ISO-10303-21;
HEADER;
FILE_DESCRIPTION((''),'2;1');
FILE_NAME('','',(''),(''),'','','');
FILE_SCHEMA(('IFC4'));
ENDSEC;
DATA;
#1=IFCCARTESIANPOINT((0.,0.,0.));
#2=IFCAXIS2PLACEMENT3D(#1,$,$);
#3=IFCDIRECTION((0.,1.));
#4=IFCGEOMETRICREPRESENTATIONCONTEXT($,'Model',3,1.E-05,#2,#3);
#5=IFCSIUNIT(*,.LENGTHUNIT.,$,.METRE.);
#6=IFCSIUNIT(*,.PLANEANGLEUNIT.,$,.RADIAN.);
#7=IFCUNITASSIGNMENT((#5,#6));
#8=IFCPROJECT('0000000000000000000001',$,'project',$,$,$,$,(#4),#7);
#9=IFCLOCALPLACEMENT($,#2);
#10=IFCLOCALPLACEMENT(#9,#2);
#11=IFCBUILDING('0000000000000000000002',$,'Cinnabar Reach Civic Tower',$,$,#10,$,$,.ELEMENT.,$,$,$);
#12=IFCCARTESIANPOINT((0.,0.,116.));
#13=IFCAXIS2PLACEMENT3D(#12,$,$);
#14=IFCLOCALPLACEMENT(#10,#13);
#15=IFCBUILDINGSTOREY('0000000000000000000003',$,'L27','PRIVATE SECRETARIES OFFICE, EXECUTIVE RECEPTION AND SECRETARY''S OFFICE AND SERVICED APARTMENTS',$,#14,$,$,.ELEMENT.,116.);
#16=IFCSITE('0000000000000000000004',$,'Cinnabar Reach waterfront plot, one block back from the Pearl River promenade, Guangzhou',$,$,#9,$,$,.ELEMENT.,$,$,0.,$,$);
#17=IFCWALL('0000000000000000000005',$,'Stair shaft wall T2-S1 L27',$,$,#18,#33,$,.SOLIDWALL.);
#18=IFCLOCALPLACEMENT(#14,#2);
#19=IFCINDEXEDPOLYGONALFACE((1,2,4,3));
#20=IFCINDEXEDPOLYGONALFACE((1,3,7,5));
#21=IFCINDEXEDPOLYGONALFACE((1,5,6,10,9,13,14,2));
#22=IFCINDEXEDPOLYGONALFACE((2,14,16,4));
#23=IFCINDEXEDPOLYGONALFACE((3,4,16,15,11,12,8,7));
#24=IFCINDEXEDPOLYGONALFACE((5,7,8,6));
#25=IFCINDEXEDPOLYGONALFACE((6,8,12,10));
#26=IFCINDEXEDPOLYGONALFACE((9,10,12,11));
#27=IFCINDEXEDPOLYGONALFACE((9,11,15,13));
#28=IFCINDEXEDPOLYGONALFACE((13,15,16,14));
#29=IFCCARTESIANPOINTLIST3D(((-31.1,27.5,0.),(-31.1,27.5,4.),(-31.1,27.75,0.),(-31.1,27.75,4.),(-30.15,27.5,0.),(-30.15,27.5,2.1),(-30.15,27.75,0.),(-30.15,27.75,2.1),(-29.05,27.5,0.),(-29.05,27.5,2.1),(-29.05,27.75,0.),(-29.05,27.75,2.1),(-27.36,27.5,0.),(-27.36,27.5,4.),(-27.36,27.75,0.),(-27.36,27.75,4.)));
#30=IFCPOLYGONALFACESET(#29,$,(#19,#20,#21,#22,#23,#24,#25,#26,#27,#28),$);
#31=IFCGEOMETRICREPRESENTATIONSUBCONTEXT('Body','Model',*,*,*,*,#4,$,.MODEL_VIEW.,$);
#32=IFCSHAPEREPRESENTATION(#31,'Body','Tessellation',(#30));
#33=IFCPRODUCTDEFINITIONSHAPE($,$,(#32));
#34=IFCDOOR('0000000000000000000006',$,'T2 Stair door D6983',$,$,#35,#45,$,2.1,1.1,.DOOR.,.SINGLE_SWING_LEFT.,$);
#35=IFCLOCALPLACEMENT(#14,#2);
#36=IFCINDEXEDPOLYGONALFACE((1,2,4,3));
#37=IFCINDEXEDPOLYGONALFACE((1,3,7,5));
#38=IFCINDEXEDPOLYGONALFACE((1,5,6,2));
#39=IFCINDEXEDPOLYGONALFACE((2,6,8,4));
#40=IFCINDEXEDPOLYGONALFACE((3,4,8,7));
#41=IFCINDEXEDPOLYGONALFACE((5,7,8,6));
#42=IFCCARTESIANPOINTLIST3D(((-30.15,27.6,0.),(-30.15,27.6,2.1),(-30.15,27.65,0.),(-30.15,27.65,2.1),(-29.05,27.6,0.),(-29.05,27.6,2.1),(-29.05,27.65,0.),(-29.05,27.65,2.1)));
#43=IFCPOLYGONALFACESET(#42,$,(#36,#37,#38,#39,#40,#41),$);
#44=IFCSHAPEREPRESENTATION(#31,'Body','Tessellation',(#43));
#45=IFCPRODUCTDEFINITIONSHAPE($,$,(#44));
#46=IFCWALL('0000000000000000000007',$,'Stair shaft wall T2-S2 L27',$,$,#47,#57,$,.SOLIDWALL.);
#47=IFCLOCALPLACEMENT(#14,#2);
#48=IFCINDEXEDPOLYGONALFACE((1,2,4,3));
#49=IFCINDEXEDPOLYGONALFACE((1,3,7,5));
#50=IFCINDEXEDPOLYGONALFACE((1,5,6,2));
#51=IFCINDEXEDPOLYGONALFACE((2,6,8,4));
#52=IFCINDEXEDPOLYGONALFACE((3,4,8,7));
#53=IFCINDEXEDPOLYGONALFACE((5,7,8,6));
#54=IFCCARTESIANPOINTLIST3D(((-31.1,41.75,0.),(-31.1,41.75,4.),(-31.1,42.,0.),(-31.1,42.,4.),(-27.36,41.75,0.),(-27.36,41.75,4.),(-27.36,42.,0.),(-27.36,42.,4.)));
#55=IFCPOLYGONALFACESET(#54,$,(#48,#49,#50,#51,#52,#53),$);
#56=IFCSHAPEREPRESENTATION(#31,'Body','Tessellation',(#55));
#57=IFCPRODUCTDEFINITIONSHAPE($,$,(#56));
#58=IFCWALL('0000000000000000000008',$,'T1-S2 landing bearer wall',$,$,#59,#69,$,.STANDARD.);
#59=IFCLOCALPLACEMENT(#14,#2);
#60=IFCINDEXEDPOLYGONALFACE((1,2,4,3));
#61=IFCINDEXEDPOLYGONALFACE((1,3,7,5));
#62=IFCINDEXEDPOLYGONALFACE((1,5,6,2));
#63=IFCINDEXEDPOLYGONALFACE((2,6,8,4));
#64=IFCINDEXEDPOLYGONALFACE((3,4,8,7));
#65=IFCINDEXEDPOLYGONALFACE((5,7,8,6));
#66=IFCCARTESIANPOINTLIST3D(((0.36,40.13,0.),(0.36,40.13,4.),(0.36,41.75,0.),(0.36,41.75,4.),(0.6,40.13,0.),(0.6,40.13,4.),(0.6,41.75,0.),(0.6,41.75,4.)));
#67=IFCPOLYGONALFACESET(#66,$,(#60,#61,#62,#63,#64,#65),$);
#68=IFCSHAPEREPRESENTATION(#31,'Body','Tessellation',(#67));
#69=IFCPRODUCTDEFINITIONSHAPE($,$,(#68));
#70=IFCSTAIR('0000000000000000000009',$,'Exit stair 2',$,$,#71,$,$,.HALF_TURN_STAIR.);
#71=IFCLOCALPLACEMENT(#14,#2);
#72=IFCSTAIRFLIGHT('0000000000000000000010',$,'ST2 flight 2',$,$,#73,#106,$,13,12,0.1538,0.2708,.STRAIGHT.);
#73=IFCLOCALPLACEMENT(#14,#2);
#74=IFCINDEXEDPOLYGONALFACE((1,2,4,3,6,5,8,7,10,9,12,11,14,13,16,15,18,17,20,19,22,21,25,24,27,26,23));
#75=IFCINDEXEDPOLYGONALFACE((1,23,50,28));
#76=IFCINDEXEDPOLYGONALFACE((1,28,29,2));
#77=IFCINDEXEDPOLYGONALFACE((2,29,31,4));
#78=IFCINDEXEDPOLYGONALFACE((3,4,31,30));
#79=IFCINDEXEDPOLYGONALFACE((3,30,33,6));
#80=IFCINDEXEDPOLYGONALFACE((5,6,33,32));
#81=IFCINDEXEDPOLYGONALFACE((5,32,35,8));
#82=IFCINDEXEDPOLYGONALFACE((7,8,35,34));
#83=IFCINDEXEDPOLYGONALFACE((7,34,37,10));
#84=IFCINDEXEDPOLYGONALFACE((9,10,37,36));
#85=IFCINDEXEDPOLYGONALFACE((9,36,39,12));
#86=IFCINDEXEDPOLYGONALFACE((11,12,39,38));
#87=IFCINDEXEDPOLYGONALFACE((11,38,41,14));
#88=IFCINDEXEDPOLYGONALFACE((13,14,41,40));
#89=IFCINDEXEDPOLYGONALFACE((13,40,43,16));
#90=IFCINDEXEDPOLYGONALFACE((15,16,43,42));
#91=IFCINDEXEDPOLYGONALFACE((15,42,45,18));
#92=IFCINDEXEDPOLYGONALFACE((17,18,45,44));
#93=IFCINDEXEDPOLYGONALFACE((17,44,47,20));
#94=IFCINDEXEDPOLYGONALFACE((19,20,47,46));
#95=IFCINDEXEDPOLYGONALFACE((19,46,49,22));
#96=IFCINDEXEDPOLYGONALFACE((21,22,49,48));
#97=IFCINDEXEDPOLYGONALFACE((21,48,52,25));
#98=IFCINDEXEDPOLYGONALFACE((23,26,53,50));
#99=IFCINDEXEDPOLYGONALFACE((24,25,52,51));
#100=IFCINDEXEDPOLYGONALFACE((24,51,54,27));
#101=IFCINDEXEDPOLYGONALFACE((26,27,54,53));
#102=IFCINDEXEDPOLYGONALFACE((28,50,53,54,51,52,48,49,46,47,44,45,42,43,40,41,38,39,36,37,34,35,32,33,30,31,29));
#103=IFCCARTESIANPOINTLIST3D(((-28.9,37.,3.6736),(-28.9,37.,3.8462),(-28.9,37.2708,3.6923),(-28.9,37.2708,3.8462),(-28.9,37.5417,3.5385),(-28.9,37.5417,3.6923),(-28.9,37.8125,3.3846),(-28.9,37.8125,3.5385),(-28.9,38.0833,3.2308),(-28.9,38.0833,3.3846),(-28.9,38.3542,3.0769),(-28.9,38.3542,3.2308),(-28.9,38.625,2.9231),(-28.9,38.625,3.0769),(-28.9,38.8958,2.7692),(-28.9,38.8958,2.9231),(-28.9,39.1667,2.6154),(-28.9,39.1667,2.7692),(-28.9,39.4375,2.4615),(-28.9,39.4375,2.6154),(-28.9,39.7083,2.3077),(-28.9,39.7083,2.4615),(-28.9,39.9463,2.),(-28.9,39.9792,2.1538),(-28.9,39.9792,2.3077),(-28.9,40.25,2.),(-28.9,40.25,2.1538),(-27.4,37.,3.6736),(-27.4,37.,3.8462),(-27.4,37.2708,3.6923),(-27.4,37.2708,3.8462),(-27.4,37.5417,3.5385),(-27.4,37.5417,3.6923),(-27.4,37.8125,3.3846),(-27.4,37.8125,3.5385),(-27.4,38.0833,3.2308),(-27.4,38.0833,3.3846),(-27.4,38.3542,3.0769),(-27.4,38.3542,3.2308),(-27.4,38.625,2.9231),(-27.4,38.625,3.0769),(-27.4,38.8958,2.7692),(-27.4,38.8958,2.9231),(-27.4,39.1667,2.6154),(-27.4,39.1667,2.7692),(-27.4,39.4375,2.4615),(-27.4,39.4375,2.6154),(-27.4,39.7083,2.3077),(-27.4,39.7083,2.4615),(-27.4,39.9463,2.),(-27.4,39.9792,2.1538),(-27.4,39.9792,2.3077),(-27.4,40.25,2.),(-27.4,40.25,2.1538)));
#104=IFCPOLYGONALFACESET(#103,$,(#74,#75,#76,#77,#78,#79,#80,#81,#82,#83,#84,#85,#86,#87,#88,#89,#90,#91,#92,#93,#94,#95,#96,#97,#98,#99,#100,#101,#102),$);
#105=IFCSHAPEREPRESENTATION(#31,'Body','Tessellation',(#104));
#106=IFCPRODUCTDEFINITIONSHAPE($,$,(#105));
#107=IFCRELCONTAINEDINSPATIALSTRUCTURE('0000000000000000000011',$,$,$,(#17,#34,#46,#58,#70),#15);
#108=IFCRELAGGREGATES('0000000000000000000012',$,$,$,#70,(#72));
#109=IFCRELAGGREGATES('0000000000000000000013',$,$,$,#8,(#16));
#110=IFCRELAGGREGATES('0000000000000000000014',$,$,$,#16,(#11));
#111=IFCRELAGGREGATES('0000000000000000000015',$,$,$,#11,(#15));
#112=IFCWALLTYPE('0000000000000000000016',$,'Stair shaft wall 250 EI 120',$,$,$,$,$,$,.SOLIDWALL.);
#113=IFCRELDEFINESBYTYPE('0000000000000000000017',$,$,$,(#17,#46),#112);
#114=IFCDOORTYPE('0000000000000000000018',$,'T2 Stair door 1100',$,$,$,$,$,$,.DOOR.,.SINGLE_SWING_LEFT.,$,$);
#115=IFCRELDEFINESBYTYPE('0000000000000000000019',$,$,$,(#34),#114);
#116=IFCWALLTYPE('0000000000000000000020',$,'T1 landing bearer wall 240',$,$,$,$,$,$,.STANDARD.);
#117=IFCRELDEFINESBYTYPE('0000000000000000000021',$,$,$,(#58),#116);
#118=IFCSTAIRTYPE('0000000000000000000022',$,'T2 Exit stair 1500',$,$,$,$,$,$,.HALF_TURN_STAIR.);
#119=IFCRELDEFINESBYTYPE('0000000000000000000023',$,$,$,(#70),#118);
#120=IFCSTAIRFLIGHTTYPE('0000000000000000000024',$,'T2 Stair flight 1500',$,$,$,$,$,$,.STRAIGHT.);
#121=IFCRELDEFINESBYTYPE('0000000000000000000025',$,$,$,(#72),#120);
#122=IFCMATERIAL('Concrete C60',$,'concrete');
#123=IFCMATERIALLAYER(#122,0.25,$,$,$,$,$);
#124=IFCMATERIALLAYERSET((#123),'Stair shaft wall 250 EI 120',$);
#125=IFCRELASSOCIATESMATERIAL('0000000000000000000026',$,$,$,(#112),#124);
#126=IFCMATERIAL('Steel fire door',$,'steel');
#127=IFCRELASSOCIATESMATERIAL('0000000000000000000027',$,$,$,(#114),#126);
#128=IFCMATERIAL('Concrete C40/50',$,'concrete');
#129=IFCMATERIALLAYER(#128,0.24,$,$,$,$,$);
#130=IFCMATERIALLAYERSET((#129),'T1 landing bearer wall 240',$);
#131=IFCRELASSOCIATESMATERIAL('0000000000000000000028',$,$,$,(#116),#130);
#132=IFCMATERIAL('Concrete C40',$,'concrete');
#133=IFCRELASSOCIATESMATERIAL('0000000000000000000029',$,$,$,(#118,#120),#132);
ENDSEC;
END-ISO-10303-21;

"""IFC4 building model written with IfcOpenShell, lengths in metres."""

from ifc_helpers import new_model, si_unit, direction, frame, frame_2d, origin, place, context, subcontext, project, spatial, polyline, rectangle, outline, extrude, material, layer, layer_set, type_object, element, fill, aggregate, save


model = new_model("IFC4")

# Units and contexts
model_context = context("Model", 3, precision=1e-05, world=origin(), true_north=direction((0.0, 1.0)))
body_context = subcontext(model_context, "Body", "Model", "MODEL_VIEW")
ifc_project = project(units=[si_unit("LENGTHUNIT", "METRE"), si_unit("PLANEANGLEUNIT", "RADIAN")], contexts=[model_context])

# Site, building, storey
site_placement = place(None, origin())
site = spatial("IfcSite", under=ifc_project, at=site_placement, Name="Cinnabar Reach waterfront plot, one block back from the Pearl River promenade, Guangzhou", CompositionType="ELEMENT", RefElevation=0.0)
building_placement = place(site_placement, origin())
building = spatial("IfcBuilding", under=site, at=building_placement, Name="Cinnabar Reach Civic Tower", CompositionType="ELEMENT")
storey_placement = place(building_placement, frame((0.0, 0.0, 116.0)))
storey = spatial("IfcBuildingStorey", under=building, at=storey_placement, Name="L27", Description="PRIVATE SECRETARIES OFFICE, EXECUTIVE RECEPTION AND SECRETARY'S OFFICE AND SERVICED APARTMENTS", CompositionType="ELEMENT", Elevation=116.0)

# Shared definitions
ifc_material_1 = material(Name="Concrete C60", Category="concrete")

# Shared definitions
ifc_material_2 = material(Name="Concrete C40", Category="concrete")

# Wall, opening, door
ifc_layer_1 = layer(ifc_material_1, 0.25)
ifc_layer_set_1 = layer_set([ifc_layer_1], Name="Stair shaft wall 250 EI 120")
wall_type_1 = type_object("IfcWallType", Name="Stair shaft wall 250 EI 120", PredefinedType="SOLIDWALL", material=ifc_layer_set_1)
wall_1_placement = place(storey_placement, frame((-27.36, 27.625, 0.0), z_axis=(0.0, 0.0, 1.0), x_axis=(-1.0, 0.0, 0.0)))
wall_1 = element("IfcWall", 1, at=wall_1_placement, inside=storey, type_object=wall_type_1, Name="Stair shaft wall T2-S1 L27", PredefinedType="SOLIDWALL", context=body_context, shape_type="SweptSolid", body=[
    extrude(rectangle(XDim=3.74, YDim=0.25, at=frame_2d((1.87, 0.0))), origin(), (0.0, 0.0, 1.0), 4.0),
])
opening_1_placement = place(wall_1_placement, frame((1.69, 0.0, 0.0)))
opening_1 = element("IfcOpeningElement", 2, at=opening_1_placement, cuts=wall_1, PredefinedType="OPENING", context=body_context, shape_type="SweptSolid", body=[
    extrude(rectangle(XDim=1.1, YDim=2.1, at=frame_2d((0.55, 1.05))), frame((0.0, 0.135, 0.0), z_axis=(0.0, -1.0, 0.0), x_axis=(1.0, 0.0, 0.0)), (0.0, 0.0, 1.0), 0.27),
])
ifc_material_3 = material(Name="Steel fire door", Category="steel")
door_type_1 = type_object("IfcDoorType", Name="T2 Stair door 1100", OperationType="SINGLE_SWING_LEFT", PredefinedType="DOOR", material=ifc_material_3)
door_1_placement = place(opening_1_placement, origin())
door_1 = element("IfcDoor", 3, at=door_1_placement, inside=storey, type_object=door_type_1, Name="T2 Stair door D6983", OperationType="SINGLE_SWING_LEFT", OverallHeight=2.1, OverallWidth=1.1, PredefinedType="DOOR", context=body_context, shape_type="SweptSolid", body=[
    extrude(rectangle(XDim=1.1, YDim=2.1, at=frame_2d((0.55, 1.05))), frame((0.0, 0.025, 0.0), z_axis=(0.0, -1.0, 0.0), x_axis=(1.0, 0.0, 0.0)), (0.0, 0.0, 1.0), 0.05),
])
fill(opening_1, door_1)

# Walls
wall_2_placement = place(storey_placement, frame((-27.36, 41.875, 0.0), z_axis=(0.0, 0.0, 1.0), x_axis=(-1.0, 0.0, 0.0)))
element("IfcWall", 4, at=wall_2_placement, inside=storey, type_object=wall_type_1, Name="Stair shaft wall T2-S2 L27", PredefinedType="SOLIDWALL", context=body_context, shape_type="SweptSolid", body=[
    extrude(rectangle(XDim=3.74, YDim=0.25, at=frame_2d((1.87, 0.0))), origin(), (0.0, 0.0, 1.0), 4.0),
])
ifc_material_4 = material(Name="Concrete C40/50", Category="concrete")
ifc_layer_2 = layer(ifc_material_4, 0.24)
ifc_layer_set_2 = layer_set([ifc_layer_2], Name="T1 landing bearer wall 240")
wall_type_2 = type_object("IfcWallType", Name="T1 landing bearer wall 240", PredefinedType="STANDARD", material=ifc_layer_set_2)
wall_3_placement = place(storey_placement, frame((0.48, 40.13, 0.0), z_axis=(0.0, 0.0, 1.0), x_axis=(0.0, 1.0, 0.0)))
element("IfcWall", 5, at=wall_3_placement, inside=storey, type_object=wall_type_2, Name="T1-S2 landing bearer wall", PredefinedType="STANDARD", context=body_context, shape_type="SweptSolid", body=[
    extrude(rectangle(XDim=1.62, YDim=0.24, at=frame_2d((0.81, 0.0))), origin(), (0.0, 0.0, 1.0), 4.0),
])

# Stair, stair flight
stair_type = type_object("IfcStairType", Name="T2 Exit stair 1500", PredefinedType="HALF_TURN_STAIR", material=ifc_material_2)
stair_placement = place(storey_placement, origin())
stair = element("IfcStair", 6, at=stair_placement, inside=storey, type_object=stair_type, Name="Exit stair 2", PredefinedType="HALF_TURN_STAIR")
stair_flight_type = type_object("IfcStairFlightType", Name="T2 Stair flight 1500", PredefinedType="STRAIGHT", material=ifc_material_2)
stair_flight_placement = place(storey_placement, frame((-28.15, 40.25, 2.0), z_axis=(0.0, 0.0, 1.0), x_axis=(0.0, -1.0, 0.0)))
stair_flight = element("IfcStairFlight", 7, at=stair_flight_placement, type_object=stair_flight_type, Name="ST2 flight 2", NumberOfRisers=13, NumberOfTreads=12, PredefinedType="STRAIGHT", RiserHeight=0.1538, TreadLength=0.2708, context=body_context, shape_type="SweptSolid", body=[
    extrude(outline(polyline([(0.0, 0.0), (0.0, 0.1538), (0.2708, 0.1538), (0.2708, 0.3077), (0.5417, 0.3077), (0.5417, 0.4615), (0.8125, 0.4615), (0.8125, 0.6154), (1.0833, 0.6154), (1.0833, 0.7692), (1.3542, 0.7692), (1.3542, 0.9231), (1.625, 0.9231), (1.625, 1.0769), (1.8958, 1.0769), (1.8958, 1.2308), (2.1667, 1.2308), (2.1667, 1.3846), (2.4375, 1.3846), (2.4375, 1.5385), (2.7083, 1.5385), (2.7083, 1.6923), (2.9792, 1.6923), (2.9792, 1.8462), (3.25, 1.8462), (3.25, 2.0), (3.25, 1.6736), (0.3037, 0.0), (0.0, 0.0)])), frame((0.0, 0.75, 0.0), z_axis=(0.0, -1.0, 0.0), x_axis=(1.0, 0.0, 0.0)), (0.0, 0.0, 1.0), 1.5),
])
aggregate(stair, [stair_flight])

save(model, "model.ifc")
